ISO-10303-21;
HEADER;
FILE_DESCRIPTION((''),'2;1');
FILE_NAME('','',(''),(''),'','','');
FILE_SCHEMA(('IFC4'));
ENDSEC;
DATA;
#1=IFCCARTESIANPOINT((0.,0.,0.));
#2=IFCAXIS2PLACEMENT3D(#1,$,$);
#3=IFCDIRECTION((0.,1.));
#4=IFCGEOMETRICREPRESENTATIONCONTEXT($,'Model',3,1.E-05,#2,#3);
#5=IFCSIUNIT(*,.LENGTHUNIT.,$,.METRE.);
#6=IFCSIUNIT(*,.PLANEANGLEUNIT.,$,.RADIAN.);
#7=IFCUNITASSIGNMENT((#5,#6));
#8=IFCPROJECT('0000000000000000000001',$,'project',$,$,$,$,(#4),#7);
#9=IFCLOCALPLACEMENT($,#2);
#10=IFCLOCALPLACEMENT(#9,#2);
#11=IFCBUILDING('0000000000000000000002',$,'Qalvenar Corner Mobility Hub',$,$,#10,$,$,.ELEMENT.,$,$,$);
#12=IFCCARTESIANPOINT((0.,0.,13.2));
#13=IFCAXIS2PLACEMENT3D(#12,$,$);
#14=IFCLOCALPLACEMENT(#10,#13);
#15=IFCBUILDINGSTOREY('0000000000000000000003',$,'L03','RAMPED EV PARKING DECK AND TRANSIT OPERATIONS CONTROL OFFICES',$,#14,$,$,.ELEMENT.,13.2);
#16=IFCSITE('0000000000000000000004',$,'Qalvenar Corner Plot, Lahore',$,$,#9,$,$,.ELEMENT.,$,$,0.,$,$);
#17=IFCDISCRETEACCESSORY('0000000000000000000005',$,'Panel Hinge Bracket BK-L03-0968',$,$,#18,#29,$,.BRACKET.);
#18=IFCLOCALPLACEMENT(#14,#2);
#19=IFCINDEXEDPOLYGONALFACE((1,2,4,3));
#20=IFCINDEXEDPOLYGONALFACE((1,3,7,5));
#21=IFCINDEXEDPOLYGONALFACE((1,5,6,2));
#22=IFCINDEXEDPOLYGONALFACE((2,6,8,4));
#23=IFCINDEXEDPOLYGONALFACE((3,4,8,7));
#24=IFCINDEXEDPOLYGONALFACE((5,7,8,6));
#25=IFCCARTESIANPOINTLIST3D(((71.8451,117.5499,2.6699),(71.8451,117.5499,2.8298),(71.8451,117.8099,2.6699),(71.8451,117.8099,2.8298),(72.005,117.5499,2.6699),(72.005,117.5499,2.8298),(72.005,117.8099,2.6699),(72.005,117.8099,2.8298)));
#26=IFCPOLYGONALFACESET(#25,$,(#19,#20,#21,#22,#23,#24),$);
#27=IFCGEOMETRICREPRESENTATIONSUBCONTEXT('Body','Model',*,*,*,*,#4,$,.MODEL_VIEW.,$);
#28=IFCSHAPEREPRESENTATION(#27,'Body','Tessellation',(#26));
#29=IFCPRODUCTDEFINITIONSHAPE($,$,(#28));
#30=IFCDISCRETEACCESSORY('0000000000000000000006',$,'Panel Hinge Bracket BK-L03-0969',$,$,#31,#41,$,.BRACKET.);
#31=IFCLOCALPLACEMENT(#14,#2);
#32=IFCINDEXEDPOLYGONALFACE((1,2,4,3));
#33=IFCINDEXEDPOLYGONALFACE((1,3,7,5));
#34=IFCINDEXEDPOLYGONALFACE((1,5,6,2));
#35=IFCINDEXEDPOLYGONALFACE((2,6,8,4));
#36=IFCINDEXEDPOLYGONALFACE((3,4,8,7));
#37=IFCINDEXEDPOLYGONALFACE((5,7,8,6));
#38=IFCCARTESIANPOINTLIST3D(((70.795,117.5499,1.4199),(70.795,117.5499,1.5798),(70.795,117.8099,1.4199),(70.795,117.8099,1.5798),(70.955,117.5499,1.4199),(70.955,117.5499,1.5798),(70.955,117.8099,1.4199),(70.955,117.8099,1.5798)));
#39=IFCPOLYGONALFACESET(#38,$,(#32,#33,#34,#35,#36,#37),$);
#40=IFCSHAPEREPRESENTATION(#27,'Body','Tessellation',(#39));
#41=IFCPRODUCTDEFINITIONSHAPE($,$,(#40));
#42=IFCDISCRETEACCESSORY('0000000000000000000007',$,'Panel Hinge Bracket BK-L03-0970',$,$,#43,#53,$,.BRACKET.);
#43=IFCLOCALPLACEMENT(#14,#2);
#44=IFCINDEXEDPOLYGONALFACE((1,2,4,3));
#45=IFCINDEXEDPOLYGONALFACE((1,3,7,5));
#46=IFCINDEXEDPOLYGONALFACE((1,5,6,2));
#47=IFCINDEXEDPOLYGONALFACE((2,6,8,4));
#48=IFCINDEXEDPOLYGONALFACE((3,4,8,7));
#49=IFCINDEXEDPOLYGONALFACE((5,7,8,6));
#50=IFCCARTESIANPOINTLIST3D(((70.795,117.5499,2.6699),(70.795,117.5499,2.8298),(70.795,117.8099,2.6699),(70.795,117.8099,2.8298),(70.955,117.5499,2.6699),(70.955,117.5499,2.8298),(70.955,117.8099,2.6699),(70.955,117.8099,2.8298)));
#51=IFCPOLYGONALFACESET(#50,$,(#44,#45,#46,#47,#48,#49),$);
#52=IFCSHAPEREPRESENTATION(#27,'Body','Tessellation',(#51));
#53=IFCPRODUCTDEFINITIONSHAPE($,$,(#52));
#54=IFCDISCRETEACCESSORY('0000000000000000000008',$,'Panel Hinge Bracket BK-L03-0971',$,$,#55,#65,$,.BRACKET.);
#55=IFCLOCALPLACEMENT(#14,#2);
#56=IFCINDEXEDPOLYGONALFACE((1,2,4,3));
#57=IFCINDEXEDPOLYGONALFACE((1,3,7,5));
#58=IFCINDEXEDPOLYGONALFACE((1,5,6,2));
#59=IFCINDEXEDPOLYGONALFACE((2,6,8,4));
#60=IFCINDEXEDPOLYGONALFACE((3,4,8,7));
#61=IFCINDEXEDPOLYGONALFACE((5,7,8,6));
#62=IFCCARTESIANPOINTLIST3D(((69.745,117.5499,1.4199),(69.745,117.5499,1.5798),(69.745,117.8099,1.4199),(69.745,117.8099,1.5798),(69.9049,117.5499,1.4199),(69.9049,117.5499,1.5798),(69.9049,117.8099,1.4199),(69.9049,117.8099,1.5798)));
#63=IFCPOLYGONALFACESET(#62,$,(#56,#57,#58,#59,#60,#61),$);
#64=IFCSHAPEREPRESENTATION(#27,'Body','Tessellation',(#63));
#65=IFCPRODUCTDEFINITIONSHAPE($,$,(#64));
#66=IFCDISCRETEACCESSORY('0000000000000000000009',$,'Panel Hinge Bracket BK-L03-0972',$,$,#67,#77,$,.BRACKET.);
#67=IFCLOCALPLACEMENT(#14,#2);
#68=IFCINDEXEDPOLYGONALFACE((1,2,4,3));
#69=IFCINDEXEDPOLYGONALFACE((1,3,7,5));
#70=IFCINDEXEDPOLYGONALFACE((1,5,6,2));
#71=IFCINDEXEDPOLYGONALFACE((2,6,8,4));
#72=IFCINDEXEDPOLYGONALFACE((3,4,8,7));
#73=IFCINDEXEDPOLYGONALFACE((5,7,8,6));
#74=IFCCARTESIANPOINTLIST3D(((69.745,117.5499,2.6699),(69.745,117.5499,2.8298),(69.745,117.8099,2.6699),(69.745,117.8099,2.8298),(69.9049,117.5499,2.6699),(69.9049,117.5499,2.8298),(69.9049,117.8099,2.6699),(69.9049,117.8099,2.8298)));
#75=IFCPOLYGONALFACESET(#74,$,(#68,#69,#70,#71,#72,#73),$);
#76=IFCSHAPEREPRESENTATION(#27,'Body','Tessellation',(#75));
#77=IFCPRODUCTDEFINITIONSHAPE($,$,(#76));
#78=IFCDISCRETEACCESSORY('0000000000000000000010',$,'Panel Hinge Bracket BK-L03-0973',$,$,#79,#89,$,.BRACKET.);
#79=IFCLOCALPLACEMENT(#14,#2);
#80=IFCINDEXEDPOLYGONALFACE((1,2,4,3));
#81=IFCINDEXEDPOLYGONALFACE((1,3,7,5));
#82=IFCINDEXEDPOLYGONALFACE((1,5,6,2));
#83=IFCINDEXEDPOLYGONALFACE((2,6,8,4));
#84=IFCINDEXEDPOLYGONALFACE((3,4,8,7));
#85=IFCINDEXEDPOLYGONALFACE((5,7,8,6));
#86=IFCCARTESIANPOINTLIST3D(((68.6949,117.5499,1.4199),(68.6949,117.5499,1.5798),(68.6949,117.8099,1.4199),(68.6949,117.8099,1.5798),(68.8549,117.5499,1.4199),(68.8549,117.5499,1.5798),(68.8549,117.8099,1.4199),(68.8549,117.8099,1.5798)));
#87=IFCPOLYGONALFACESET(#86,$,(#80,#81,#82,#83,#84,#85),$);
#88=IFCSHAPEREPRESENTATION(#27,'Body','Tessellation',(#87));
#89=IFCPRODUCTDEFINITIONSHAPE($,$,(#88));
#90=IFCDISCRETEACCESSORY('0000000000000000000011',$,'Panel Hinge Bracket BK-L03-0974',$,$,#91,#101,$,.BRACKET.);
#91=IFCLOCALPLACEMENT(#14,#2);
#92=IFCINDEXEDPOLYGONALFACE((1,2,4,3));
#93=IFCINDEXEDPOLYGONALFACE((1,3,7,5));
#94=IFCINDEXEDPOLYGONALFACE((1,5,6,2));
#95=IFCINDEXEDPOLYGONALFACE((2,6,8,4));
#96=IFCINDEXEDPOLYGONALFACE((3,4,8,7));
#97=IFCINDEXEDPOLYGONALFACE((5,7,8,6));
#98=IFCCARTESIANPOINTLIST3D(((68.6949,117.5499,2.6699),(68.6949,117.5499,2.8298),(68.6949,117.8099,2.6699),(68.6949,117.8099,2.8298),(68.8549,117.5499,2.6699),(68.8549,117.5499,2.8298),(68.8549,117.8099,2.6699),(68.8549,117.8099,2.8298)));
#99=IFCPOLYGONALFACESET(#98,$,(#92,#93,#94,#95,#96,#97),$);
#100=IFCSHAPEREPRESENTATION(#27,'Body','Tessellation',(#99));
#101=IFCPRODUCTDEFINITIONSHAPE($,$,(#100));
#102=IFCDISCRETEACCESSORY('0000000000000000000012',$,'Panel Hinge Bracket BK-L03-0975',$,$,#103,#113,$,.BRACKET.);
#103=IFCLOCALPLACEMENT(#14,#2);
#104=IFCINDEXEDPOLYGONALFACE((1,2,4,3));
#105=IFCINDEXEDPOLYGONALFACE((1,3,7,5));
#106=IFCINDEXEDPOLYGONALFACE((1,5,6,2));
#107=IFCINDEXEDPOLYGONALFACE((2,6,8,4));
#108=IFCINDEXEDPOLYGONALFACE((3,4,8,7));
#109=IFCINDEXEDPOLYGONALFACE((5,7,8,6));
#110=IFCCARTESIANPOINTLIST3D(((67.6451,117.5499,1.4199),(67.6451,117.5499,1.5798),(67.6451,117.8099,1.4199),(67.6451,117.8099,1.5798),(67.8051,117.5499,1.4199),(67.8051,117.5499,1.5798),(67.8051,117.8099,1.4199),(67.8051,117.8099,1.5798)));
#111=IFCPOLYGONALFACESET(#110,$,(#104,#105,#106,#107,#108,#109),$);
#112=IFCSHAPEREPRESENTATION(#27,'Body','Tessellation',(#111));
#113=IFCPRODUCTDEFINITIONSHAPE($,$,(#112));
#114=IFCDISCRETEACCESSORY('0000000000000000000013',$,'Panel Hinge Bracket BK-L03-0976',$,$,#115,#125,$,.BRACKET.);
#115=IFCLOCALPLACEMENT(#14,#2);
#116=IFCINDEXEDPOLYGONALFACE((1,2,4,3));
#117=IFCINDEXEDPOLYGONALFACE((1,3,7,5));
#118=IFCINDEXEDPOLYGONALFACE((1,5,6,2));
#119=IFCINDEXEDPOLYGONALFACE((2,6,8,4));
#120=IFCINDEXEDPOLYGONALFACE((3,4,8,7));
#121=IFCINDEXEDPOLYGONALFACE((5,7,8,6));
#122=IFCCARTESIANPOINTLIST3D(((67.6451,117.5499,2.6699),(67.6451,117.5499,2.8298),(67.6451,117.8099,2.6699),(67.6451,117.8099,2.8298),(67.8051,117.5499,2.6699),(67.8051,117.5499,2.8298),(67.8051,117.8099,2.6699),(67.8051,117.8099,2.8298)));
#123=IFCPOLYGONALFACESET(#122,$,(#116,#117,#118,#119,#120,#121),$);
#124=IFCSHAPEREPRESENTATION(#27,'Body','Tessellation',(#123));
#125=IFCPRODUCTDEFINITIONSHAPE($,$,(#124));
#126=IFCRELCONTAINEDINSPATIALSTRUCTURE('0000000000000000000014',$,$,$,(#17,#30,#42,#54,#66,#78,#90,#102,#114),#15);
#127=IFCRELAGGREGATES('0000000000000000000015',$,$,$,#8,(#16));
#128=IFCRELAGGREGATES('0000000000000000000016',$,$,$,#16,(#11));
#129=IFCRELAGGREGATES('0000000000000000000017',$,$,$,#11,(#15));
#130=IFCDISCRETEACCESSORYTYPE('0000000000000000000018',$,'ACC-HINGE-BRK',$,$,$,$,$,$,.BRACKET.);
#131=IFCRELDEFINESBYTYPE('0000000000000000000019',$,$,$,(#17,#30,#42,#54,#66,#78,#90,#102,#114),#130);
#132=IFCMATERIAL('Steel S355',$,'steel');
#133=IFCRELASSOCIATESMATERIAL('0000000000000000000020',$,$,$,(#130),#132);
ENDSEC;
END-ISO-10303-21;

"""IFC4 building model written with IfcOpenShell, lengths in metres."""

from ifc_helpers import new_model, si_unit, direction, frame, origin, origin_2d, place, context, subcontext, project, spatial, rectangle, extrude, material, type_object, element, save


model = new_model("IFC4")

# Units and contexts
model_context = context("Model", 3, precision=1e-05, world=origin(), true_north=direction((0.0, 1.0)))
body_context = subcontext(model_context, "Body", "Model", "MODEL_VIEW")
ifc_project = project(units=[si_unit("LENGTHUNIT", "METRE"), si_unit("PLANEANGLEUNIT", "RADIAN")], contexts=[model_context])

# Site, building, storey
site_placement = place(None, origin())
site = spatial("IfcSite", under=ifc_project, at=site_placement, Name="Qalvenar Corner Plot, Lahore", CompositionType="ELEMENT", RefElevation=0.0)
building_placement = place(site_placement, origin())
building = spatial("IfcBuilding", under=site, at=building_placement, Name="Qalvenar Corner Mobility Hub", CompositionType="ELEMENT")
storey_placement = place(building_placement, frame((0.0, 0.0, 13.2)))
storey = spatial("IfcBuildingStorey", under=building, at=storey_placement, Name="L03", Description="RAMPED EV PARKING DECK AND TRANSIT OPERATIONS CONTROL OFFICES", CompositionType="ELEMENT", Elevation=13.2)

# Shared definitions
ifc_material = material(Name="Steel S355", Category="steel")

# Discrete accessories
discrete_accessory_type = type_object("IfcDiscreteAccessoryType", Name="ACC-HINGE-BRK", PredefinedType="BRACKET", material=ifc_material)
for number, where, z_axis, x_axis, name in (
    (1, (71.925, 117.6799, 2.6699), (0.0, 0.0, 1.0), (-1.0, 0.0, 0.0), "Panel Hinge Bracket BK-L03-0968"),
    (2, (70.875, 117.6799, 1.4199), (0.0, 0.0, 1.0), (-1.0, 0.0, 0.0), "Panel Hinge Bracket BK-L03-0969"),
    (3, (70.875, 117.6799, 2.6699), (0.0, 0.0, 1.0), (-1.0, 0.0, 0.0), "Panel Hinge Bracket BK-L03-0970"),
    (4, (69.825, 117.6799, 1.4199), (0.0, 0.0, 1.0), (-1.0, 0.0, 0.0), "Panel Hinge Bracket BK-L03-0971"),
    (5, (69.825, 117.6799, 2.6699), (0.0, 0.0, 1.0), (-1.0, 0.0, 0.0), "Panel Hinge Bracket BK-L03-0972"),
    (6, (68.7749, 117.6799, 1.4199), (0.0, 0.0, 1.0), (-1.0, 0.0, 0.0), "Panel Hinge Bracket BK-L03-0973"),
    (7, (68.7749, 117.6799, 2.6699), (0.0, 0.0, 1.0), (-1.0, 0.0, 0.0), "Panel Hinge Bracket BK-L03-0974"),
    (8, (67.7251, 117.6799, 1.4199), (0.0, 0.0, 1.0), (-1.0, 0.0, 0.0), "Panel Hinge Bracket BK-L03-0975"),
    (9, (67.7251, 117.6799, 2.6699), (0.0, 0.0, 1.0), (-1.0, 0.0, 0.0), "Panel Hinge Bracket BK-L03-0976"),
):
    element("IfcDiscreteAccessory", number, at=place(storey_placement, frame(where, z_axis=z_axis, x_axis=x_axis)), inside=storey, type_object=discrete_accessory_type, Name=name, PredefinedType="BRACKET", context=body_context, shape_type="SweptSolid", body=[
        extrude(rectangle(XDim=0.1599, YDim=0.26, at=origin_2d()), origin(), (0.0, 0.0, 1.0), 0.1599),
    ])

save(model, "model.ifc")
